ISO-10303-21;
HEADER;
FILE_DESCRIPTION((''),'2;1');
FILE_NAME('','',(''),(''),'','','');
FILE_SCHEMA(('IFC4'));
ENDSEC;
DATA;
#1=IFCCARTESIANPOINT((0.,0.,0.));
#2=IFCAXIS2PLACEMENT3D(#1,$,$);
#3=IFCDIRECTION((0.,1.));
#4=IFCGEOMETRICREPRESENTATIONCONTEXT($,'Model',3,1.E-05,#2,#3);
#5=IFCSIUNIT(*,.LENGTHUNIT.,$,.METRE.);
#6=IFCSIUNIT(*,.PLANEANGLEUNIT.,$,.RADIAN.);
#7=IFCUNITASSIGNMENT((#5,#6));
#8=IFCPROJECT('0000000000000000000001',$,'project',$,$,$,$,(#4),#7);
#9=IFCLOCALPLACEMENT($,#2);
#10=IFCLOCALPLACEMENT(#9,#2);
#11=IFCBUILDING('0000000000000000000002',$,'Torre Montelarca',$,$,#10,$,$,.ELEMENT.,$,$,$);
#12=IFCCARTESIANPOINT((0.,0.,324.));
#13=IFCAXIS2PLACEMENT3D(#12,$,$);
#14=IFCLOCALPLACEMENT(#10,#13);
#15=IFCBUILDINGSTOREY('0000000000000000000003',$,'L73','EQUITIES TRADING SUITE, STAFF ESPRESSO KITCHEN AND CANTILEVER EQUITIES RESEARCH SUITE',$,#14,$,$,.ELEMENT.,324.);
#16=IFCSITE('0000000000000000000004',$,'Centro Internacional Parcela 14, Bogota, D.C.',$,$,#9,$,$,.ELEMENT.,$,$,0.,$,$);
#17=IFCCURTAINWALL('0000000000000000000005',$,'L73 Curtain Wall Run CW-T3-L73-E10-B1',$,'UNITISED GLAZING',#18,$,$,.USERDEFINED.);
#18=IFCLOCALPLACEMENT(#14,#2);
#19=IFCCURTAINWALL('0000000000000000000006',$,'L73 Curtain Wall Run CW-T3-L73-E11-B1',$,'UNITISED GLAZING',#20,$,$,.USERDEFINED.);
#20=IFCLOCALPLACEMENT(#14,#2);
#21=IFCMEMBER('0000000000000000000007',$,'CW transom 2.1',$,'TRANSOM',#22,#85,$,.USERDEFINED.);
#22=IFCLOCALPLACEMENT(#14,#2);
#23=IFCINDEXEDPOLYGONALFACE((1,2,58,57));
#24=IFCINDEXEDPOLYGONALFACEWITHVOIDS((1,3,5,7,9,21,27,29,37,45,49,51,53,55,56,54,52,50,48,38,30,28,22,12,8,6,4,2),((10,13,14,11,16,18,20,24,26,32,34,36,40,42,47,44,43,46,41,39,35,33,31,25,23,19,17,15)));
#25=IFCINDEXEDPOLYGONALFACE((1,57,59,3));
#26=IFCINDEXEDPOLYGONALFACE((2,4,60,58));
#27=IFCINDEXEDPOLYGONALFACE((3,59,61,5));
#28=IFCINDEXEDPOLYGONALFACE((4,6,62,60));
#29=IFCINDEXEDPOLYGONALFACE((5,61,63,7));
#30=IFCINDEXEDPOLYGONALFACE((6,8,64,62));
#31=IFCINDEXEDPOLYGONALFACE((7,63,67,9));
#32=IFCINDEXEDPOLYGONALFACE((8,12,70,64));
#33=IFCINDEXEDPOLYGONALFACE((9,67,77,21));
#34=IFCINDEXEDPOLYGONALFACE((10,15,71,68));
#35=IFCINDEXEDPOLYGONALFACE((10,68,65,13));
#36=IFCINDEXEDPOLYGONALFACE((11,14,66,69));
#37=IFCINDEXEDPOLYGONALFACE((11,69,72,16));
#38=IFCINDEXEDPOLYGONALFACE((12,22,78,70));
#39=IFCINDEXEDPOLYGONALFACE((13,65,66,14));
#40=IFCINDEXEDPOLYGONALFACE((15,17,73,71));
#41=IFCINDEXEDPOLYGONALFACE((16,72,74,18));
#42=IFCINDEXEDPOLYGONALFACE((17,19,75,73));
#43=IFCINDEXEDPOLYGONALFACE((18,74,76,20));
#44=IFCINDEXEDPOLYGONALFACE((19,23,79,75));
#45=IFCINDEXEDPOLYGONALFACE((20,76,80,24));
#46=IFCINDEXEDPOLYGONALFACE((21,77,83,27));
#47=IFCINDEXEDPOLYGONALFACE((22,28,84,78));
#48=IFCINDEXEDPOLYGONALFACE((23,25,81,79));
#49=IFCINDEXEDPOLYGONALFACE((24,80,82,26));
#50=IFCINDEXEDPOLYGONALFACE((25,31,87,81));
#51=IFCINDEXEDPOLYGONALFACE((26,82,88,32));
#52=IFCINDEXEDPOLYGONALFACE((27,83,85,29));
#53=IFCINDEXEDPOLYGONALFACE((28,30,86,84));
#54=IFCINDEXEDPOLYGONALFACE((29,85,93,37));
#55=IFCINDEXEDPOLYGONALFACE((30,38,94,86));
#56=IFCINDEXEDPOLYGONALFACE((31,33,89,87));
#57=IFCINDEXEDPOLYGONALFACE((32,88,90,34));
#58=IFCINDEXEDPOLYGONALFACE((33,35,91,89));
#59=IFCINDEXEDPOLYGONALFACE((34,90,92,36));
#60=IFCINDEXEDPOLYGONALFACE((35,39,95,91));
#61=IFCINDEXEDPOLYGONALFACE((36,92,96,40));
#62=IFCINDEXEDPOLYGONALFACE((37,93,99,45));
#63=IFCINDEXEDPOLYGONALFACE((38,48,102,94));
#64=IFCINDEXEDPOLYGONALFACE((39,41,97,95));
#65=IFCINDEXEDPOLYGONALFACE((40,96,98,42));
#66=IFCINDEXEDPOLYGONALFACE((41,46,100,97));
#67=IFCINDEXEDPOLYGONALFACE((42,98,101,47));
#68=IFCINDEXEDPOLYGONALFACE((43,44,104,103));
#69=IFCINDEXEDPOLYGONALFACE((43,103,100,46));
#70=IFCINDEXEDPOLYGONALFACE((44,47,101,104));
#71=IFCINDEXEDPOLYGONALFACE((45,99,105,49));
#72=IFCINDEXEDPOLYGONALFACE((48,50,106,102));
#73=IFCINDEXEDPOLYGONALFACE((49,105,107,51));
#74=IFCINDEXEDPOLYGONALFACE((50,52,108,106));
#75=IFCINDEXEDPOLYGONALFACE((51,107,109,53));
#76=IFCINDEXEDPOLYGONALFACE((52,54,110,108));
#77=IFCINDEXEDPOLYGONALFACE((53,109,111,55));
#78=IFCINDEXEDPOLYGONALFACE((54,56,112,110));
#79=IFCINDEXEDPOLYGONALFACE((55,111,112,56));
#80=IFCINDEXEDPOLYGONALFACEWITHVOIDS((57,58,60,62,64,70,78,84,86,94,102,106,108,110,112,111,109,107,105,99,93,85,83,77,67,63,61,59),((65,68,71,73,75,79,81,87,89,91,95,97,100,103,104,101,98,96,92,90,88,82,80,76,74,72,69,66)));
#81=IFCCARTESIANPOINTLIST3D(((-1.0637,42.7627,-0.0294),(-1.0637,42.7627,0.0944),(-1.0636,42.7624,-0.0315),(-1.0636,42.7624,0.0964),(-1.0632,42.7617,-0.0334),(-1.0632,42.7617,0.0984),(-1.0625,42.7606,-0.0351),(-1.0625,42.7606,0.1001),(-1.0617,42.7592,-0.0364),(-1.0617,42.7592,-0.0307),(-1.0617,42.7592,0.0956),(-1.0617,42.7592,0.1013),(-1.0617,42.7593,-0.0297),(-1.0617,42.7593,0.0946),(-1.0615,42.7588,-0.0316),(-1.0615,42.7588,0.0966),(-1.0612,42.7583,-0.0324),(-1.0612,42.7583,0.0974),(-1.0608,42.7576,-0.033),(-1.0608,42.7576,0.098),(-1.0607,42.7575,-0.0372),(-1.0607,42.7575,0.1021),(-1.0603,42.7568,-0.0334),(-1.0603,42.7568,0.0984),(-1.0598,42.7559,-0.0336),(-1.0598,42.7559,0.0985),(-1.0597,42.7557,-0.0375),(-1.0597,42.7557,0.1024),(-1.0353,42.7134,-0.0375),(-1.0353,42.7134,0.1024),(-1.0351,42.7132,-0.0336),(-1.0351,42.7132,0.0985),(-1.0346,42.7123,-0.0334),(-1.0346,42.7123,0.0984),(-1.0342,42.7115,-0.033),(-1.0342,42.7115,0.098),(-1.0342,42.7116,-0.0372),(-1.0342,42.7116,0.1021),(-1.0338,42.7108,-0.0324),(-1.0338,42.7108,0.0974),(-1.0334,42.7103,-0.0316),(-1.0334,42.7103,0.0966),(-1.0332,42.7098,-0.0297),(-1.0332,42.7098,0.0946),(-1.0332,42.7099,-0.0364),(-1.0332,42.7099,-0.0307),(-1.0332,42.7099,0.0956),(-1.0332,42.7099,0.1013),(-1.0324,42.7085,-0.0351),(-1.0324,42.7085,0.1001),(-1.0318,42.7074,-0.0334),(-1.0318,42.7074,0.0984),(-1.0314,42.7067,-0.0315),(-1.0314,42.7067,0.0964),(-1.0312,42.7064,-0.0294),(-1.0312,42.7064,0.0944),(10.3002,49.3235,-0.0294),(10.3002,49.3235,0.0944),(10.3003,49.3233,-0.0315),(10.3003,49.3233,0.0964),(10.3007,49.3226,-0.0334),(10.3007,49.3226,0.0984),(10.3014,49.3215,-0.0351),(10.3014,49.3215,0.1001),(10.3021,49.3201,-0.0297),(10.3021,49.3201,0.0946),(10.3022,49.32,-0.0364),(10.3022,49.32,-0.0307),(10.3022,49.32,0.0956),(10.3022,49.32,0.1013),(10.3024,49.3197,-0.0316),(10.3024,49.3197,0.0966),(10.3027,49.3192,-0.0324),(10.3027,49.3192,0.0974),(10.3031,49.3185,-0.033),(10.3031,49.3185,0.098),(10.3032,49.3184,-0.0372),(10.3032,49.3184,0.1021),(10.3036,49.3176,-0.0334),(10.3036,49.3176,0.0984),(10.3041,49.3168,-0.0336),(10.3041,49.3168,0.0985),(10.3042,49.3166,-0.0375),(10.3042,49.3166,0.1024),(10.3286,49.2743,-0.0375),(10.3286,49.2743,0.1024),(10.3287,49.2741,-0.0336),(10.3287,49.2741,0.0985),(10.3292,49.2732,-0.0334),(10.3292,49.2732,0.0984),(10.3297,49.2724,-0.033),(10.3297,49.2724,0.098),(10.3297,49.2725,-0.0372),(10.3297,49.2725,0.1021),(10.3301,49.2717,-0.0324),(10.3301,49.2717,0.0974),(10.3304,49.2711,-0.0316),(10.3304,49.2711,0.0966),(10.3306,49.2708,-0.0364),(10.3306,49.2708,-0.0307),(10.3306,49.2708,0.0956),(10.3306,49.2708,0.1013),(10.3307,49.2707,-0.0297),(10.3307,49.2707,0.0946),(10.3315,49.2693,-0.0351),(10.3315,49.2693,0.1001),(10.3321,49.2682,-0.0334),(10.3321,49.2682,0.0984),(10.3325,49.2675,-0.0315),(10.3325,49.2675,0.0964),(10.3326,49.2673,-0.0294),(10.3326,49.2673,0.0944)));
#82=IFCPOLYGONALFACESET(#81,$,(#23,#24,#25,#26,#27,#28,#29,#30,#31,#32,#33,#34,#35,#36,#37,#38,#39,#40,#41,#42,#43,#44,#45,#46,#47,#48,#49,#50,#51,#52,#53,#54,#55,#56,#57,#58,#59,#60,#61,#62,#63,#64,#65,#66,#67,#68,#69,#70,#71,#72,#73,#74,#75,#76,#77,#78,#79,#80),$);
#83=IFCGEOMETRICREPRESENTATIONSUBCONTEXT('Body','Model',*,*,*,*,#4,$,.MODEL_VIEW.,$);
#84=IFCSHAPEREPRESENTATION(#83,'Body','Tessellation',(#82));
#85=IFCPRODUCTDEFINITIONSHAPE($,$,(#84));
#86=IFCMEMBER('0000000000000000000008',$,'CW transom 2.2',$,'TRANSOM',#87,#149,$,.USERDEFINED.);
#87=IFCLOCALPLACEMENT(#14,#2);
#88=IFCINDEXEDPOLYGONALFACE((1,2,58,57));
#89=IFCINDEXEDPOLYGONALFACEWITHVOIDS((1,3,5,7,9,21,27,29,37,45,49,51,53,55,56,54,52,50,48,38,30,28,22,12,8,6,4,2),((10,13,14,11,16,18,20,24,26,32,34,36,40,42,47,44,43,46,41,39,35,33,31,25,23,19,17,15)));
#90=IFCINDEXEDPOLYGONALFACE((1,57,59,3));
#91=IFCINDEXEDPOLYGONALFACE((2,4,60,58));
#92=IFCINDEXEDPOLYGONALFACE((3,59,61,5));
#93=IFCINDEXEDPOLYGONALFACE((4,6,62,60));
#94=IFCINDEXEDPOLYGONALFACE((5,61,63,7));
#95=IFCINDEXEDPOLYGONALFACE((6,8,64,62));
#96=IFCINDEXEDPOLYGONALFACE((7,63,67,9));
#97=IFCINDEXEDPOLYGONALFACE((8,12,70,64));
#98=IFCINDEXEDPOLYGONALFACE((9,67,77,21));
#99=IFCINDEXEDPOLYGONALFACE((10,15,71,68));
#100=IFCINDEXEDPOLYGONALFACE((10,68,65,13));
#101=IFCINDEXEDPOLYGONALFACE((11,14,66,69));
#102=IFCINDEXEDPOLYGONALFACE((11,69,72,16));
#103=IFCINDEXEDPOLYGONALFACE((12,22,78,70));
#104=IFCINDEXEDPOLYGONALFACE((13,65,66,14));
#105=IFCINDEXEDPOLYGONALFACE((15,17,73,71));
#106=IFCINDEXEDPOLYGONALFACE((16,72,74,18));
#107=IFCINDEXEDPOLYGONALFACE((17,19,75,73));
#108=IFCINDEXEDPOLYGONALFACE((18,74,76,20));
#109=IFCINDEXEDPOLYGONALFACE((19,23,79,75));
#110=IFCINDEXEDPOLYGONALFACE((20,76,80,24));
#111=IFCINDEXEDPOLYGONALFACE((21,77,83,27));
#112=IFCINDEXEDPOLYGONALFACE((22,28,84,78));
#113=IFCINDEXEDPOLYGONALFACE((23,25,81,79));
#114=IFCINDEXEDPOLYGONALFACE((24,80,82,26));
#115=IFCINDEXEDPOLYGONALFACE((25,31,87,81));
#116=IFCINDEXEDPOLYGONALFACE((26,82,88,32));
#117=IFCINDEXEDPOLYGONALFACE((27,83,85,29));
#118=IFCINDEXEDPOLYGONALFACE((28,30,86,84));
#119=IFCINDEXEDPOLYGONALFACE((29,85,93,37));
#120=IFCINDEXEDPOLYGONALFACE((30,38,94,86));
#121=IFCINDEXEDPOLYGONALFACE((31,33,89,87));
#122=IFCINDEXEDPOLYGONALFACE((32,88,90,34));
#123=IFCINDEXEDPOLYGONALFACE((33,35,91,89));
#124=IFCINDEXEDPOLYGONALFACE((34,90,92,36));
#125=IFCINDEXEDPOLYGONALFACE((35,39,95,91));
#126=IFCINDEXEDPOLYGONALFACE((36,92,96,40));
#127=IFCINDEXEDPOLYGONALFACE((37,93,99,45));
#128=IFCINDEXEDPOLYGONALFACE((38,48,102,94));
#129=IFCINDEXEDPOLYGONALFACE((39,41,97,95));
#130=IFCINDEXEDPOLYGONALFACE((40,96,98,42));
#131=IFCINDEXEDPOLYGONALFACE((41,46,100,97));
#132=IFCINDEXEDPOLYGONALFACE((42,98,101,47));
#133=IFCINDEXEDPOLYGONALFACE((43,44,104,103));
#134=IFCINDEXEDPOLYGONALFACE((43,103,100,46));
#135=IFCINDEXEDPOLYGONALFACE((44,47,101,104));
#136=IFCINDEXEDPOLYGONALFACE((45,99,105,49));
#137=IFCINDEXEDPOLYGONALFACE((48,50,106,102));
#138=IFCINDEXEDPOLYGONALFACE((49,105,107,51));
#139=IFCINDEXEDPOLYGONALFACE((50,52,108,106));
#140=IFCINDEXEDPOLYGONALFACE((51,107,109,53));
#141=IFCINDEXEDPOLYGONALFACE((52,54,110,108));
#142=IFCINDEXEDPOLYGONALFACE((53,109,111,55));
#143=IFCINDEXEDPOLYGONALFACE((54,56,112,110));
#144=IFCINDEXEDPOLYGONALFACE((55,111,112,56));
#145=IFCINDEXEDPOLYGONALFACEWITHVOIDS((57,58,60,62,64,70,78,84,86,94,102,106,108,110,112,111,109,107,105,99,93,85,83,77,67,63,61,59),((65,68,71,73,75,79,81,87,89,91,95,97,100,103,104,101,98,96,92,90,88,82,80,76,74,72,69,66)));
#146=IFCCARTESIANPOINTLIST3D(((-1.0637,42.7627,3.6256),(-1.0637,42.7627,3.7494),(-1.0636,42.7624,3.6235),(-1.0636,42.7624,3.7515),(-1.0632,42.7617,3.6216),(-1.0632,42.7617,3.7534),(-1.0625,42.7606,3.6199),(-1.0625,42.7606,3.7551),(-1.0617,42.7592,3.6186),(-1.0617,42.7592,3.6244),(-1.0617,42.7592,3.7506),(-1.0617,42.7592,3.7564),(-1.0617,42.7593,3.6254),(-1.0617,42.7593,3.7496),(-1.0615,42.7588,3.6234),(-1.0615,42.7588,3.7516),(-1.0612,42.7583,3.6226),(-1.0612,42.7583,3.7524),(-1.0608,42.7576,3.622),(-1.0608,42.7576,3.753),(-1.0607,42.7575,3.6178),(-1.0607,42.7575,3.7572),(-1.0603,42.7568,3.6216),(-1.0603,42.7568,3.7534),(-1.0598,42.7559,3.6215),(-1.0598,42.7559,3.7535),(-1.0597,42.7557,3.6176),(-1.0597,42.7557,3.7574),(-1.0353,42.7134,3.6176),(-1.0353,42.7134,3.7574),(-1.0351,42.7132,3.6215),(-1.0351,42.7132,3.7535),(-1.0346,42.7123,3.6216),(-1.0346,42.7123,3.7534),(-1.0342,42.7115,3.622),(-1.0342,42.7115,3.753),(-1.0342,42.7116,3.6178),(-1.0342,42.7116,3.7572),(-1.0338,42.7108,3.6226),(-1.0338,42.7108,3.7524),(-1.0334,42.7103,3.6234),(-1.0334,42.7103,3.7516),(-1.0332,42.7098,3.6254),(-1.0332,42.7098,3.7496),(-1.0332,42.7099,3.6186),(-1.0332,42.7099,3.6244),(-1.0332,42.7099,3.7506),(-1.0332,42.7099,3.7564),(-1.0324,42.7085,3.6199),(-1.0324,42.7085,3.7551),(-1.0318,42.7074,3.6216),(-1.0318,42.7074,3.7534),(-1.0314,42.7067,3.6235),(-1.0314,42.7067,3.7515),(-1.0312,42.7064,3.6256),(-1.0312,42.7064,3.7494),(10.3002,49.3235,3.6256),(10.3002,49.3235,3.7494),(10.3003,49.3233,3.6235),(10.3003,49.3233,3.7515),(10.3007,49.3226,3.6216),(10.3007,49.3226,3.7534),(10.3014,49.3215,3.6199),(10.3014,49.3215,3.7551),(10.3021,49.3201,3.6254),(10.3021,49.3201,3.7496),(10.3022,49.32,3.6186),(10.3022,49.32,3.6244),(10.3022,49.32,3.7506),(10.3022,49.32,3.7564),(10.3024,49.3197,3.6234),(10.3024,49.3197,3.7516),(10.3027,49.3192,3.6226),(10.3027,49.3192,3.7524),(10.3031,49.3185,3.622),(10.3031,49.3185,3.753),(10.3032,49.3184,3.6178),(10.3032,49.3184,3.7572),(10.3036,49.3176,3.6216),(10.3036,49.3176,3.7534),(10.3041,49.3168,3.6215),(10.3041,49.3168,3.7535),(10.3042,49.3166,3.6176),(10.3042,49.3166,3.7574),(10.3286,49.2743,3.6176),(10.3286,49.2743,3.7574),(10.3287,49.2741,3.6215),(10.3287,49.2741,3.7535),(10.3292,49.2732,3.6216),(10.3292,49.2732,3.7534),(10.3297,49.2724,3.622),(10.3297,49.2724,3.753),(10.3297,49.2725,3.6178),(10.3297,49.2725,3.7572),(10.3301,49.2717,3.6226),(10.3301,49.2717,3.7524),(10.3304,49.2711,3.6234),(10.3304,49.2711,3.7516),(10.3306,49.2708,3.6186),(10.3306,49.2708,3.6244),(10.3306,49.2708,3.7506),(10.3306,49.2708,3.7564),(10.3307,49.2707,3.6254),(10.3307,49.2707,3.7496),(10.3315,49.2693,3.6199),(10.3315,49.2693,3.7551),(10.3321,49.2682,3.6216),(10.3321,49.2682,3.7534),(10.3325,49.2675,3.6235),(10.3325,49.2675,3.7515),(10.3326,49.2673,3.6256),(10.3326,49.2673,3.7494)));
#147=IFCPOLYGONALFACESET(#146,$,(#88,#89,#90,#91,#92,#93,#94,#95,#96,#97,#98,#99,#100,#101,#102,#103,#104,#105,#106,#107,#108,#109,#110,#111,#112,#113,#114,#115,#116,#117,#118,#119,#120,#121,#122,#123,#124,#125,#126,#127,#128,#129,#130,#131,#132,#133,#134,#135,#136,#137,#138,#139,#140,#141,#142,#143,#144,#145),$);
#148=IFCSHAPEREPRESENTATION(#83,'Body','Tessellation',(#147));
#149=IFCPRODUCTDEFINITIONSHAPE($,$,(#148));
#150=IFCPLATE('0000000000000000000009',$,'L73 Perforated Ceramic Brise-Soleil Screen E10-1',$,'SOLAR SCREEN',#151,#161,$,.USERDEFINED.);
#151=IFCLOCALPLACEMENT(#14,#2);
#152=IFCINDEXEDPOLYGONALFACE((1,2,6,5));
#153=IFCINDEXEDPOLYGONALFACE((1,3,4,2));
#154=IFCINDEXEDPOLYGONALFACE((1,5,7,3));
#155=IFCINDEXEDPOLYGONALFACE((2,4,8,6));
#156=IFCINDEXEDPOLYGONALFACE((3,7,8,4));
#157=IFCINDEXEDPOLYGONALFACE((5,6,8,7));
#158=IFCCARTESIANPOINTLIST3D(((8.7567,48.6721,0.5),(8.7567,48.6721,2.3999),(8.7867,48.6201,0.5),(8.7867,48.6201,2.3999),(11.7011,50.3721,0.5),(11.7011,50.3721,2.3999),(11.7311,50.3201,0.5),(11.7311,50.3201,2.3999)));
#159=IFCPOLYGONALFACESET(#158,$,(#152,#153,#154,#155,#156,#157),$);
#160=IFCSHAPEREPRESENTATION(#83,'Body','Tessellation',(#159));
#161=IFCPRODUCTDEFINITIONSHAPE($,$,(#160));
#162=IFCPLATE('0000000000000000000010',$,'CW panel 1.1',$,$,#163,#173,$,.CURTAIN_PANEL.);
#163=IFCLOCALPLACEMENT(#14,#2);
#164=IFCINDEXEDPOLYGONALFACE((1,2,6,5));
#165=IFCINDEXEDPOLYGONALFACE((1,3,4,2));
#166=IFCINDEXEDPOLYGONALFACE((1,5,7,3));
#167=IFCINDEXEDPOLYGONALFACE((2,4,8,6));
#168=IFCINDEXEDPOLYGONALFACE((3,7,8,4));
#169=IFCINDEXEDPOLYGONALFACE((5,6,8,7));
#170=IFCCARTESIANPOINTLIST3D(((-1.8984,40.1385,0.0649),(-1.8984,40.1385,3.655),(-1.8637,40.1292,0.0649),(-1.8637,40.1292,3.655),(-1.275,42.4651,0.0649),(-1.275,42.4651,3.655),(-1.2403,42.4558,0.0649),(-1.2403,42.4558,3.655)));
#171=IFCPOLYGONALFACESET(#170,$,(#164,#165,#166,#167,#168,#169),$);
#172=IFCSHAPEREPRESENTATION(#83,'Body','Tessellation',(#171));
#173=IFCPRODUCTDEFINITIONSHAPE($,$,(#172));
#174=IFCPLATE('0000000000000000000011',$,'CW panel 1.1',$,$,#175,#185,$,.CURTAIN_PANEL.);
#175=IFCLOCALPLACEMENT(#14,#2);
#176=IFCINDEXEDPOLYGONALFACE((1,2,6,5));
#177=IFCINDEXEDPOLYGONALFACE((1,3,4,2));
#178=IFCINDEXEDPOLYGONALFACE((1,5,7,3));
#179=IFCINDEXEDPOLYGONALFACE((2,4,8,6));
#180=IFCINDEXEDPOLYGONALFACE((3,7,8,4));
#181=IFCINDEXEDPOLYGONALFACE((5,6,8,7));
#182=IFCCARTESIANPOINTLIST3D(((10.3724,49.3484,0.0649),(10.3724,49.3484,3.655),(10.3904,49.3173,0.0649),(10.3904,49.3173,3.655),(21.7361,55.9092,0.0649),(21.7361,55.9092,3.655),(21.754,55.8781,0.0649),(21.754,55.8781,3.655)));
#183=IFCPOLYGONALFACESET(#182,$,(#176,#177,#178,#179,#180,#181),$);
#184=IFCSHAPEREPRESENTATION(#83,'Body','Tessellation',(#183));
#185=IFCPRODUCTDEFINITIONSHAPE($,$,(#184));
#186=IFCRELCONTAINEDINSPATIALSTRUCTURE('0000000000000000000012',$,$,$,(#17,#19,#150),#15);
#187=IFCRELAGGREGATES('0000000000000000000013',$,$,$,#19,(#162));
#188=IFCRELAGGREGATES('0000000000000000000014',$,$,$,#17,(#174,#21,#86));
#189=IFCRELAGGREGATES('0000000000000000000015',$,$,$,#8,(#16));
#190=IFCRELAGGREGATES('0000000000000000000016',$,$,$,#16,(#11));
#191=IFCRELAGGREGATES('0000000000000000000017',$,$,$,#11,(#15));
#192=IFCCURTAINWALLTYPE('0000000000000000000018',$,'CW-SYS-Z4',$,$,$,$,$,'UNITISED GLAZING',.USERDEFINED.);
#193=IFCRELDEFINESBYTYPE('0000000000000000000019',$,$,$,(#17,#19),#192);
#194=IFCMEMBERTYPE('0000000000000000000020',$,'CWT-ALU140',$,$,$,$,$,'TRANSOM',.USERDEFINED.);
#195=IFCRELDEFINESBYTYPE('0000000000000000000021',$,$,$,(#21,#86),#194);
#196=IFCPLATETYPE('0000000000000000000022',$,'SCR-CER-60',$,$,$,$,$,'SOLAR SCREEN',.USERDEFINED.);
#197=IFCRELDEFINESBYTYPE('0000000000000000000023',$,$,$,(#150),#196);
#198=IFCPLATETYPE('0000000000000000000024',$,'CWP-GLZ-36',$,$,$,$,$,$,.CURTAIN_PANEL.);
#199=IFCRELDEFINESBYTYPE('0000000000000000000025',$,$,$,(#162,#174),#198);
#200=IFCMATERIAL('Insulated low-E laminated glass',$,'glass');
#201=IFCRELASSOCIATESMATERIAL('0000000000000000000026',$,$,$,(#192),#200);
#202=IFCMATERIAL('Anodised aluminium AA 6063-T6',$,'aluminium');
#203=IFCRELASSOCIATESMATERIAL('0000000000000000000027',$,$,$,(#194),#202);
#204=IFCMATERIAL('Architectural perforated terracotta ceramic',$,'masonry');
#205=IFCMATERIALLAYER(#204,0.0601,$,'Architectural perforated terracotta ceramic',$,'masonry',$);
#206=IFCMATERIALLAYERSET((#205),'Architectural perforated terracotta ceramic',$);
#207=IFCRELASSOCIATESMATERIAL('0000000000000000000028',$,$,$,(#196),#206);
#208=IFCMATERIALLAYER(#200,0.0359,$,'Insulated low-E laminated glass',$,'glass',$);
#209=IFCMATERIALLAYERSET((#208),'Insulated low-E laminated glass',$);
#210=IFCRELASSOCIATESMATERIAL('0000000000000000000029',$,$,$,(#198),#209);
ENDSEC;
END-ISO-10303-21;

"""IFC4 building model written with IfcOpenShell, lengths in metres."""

from ifc_helpers import new_model, si_unit, direction, frame, origin, origin_2d, place, context, subcontext, project, spatial, rectangle, hollow_rectangle, extrude, source, transform, mapped, material, layer, layer_set, material_profile, profile_set, type_object, element, aggregate, save


model = new_model("IFC4")

# Units and contexts
model_context = context("Model", 3, precision=1e-05, world=origin(), true_north=direction((0.0, 1.0)))
body_context = subcontext(model_context, "Body", "Model", "MODEL_VIEW")
ifc_project = project(units=[si_unit("LENGTHUNIT", "METRE"), si_unit("PLANEANGLEUNIT", "RADIAN")], contexts=[model_context])

# Site, building, storey
site_placement = place(None, origin())
site = spatial("IfcSite", under=ifc_project, at=site_placement, Name="Centro Internacional Parcela 14, Bogota, D.C.", CompositionType="ELEMENT", RefElevation=0.0)
building_placement = place(site_placement, origin())
building = spatial("IfcBuilding", under=site, at=building_placement, Name="Torre Montelarca", CompositionType="ELEMENT")
storey_placement = place(building_placement, frame((0.0, 0.0, 324.0)))
storey = spatial("IfcBuildingStorey", under=building, at=storey_placement, Name="L73", Description="EQUITIES TRADING SUITE, STAFF ESPRESSO KITCHEN AND CANTILEVER EQUITIES RESEARCH SUITE", CompositionType="ELEMENT", Elevation=324.0)

# Curtain walls
ifc_material_1 = material(Name="Insulated low-E laminated glass", Category="glass")
curtain_wall_type = type_object("IfcCurtainWallType", Name="CW-SYS-Z4", ElementType="UNITISED GLAZING", PredefinedType="USERDEFINED", material=ifc_material_1)
curtain_wall_1_placement = place(storey_placement, origin())
curtain_wall_1 = element("IfcCurtainWall", 1, at=curtain_wall_1_placement, inside=storey, type_object=curtain_wall_type, Name="L73 Curtain Wall Run CW-T3-L73-E10-B1", ObjectType="UNITISED GLAZING", PredefinedType="USERDEFINED")
ifc_material_2 = material(Name="Anodised aluminium AA 6063-T6", Category="aluminium")
curtain_wall_2_placement = place(storey_placement, origin())
curtain_wall_2 = element("IfcCurtainWall", 2, at=curtain_wall_2_placement, inside=storey, type_object=curtain_wall_type, Name="L73 Curtain Wall Run CW-T3-L73-E11-B1", ObjectType="UNITISED GLAZING", PredefinedType="USERDEFINED")
ifc_material_profile_1 = material_profile(ifc_material_2, hollow_rectangle(XDim=0.0649, YDim=0.1399, WallThickness=0.0039, InnerFilletRadius=0.0039, OuterFilletRadius=0.0081, at=origin_2d()), Name="ALU65X140X4", Category="aluminium")
ifc_profile_set_1 = profile_set([ifc_material_profile_1], Name="Anodised aluminium AA 6063-T6")
member_type_1 = type_object("IfcMemberType", Name="CWT-ALU140", ElementType="TRANSOM", PredefinedType="USERDEFINED", material=ifc_profile_set_1)

# Members
shared_shape_1 = source(origin(), body_context, "Body", "SweptSolid", [
    extrude(hollow_rectangle(XDim=0.0649, YDim=0.1399, WallThickness=0.0039, InnerFilletRadius=0.0039, OuterFilletRadius=0.0081, at=origin_2d()), origin(), (0.0, 0.0, 1.0), 13.1218),
])
member_1_placement = place(storey_placement, frame((10.3164, 49.2954, 0.0325), z_axis=(-0.866028, -0.499995, 0.0), x_axis=(0.499995, -0.866028, 0.0)))
member_1 = element("IfcMember", 3, at=member_1_placement, type_object=member_type_1, Name="CW transom 2.1", ObjectType="TRANSOM", PredefinedType="USERDEFINED", context=body_context, shape_type="MappedRepresentation", body=[
    mapped(shared_shape_1, transform((0.0, 0.0, 0.0), scale=1.0)),
])
member_2_placement = place(storey_placement, frame((10.3164, 49.2954, 3.6875), z_axis=(-0.866028, -0.499995, 0.0), x_axis=(0.499995, -0.866028, 0.0)))
member_2 = element("IfcMember", 4, at=member_2_placement, type_object=member_type_1, Name="CW transom 2.2", ObjectType="TRANSOM", PredefinedType="USERDEFINED", context=body_context, shape_type="MappedRepresentation", body=[
    mapped(shared_shape_1, transform((0.0, 0.0, 0.0), scale=1.0)),
])

# Plates
ifc_material_3 = material(Name="Architectural perforated terracotta ceramic", Category="masonry")
ifc_layer_1 = layer(ifc_material_3, 0.0601, Name="Architectural perforated terracotta ceramic", Category="masonry")
ifc_layer_set_1 = layer_set([ifc_layer_1], Name="Architectural perforated terracotta ceramic")
plate_type_1 = type_object("IfcPlateType", Name="SCR-CER-60", ElementType="SOLAR SCREEN", PredefinedType="USERDEFINED", material=ifc_layer_set_1)
shared_shape_2 = source(origin(), body_context, "Body", "SweptSolid", [
    extrude(rectangle(XDim=3.3999, YDim=0.0601, at=origin_2d()), origin(), (0.0, 0.0, 1.0), 1.8999),
])
plate_1_placement = place(storey_placement, frame((10.2439, 49.4961, 0.5), z_axis=(0.0, 0.0, 1.0), x_axis=(-0.866025, -0.5, 0.0)))
element("IfcPlate", 5, at=plate_1_placement, inside=storey, type_object=plate_type_1, Name="L73 Perforated Ceramic Brise-Soleil Screen E10-1", ObjectType="SOLAR SCREEN", PredefinedType="USERDEFINED", context=body_context, shape_type="MappedRepresentation", body=[
    mapped(shared_shape_2, transform((0.0, 0.0, 0.0), scale=1.0)),
])
ifc_layer_2 = layer(ifc_material_1, 0.0359, Name="Insulated low-E laminated glass", Category="glass")
ifc_layer_set_2 = layer_set([ifc_layer_2], Name="Insulated low-E laminated glass")
plate_type_2 = type_object("IfcPlateType", Name="CWP-GLZ-36", PredefinedType="CURTAIN_PANEL", material=ifc_layer_set_2)
shared_shape_3 = source(origin(), body_context, "Body", "SweptSolid", [
    extrude(rectangle(XDim=2.4087, YDim=0.0359, at=origin_2d()), origin(), (0.0, 0.0, 1.0), 3.5901),
])
plate_2_placement = place(storey_placement, frame((-1.5693, 41.2971, 0.0649), z_axis=(0.0, 0.0, 1.0), x_axis=(-0.258815, -0.965927, 0.0)))
plate_2 = element("IfcPlate", 6, at=plate_2_placement, type_object=plate_type_2, Name="CW panel 1.1", PredefinedType="CURTAIN_PANEL", context=body_context, shape_type="MappedRepresentation", body=[
    mapped(shared_shape_3, transform((0.0, 0.0, 0.0), scale=1.0)),
])
aggregate(curtain_wall_2, [plate_2])
shared_shape_4 = source(origin(), body_context, "Body", "SweptSolid", [
    extrude(rectangle(XDim=13.1216, YDim=0.0359, at=origin_2d()), origin(), (0.0, 0.0, 1.0), 3.5901),
])
plate_3_placement = place(storey_placement, frame((16.0632, 52.6133, 0.0649), z_axis=(0.0, 0.0, 1.0), x_axis=(-0.866025, -0.5, 0.0)))
plate_3 = element("IfcPlate", 7, at=plate_3_placement, type_object=plate_type_2, Name="CW panel 1.1", PredefinedType="CURTAIN_PANEL", context=body_context, shape_type="MappedRepresentation", body=[
    mapped(shared_shape_4, transform((0.0, 0.0, 0.0), scale=1.0)),
])
aggregate(curtain_wall_1, [plate_3, member_1, member_2])

save(model, "model.ifc")
